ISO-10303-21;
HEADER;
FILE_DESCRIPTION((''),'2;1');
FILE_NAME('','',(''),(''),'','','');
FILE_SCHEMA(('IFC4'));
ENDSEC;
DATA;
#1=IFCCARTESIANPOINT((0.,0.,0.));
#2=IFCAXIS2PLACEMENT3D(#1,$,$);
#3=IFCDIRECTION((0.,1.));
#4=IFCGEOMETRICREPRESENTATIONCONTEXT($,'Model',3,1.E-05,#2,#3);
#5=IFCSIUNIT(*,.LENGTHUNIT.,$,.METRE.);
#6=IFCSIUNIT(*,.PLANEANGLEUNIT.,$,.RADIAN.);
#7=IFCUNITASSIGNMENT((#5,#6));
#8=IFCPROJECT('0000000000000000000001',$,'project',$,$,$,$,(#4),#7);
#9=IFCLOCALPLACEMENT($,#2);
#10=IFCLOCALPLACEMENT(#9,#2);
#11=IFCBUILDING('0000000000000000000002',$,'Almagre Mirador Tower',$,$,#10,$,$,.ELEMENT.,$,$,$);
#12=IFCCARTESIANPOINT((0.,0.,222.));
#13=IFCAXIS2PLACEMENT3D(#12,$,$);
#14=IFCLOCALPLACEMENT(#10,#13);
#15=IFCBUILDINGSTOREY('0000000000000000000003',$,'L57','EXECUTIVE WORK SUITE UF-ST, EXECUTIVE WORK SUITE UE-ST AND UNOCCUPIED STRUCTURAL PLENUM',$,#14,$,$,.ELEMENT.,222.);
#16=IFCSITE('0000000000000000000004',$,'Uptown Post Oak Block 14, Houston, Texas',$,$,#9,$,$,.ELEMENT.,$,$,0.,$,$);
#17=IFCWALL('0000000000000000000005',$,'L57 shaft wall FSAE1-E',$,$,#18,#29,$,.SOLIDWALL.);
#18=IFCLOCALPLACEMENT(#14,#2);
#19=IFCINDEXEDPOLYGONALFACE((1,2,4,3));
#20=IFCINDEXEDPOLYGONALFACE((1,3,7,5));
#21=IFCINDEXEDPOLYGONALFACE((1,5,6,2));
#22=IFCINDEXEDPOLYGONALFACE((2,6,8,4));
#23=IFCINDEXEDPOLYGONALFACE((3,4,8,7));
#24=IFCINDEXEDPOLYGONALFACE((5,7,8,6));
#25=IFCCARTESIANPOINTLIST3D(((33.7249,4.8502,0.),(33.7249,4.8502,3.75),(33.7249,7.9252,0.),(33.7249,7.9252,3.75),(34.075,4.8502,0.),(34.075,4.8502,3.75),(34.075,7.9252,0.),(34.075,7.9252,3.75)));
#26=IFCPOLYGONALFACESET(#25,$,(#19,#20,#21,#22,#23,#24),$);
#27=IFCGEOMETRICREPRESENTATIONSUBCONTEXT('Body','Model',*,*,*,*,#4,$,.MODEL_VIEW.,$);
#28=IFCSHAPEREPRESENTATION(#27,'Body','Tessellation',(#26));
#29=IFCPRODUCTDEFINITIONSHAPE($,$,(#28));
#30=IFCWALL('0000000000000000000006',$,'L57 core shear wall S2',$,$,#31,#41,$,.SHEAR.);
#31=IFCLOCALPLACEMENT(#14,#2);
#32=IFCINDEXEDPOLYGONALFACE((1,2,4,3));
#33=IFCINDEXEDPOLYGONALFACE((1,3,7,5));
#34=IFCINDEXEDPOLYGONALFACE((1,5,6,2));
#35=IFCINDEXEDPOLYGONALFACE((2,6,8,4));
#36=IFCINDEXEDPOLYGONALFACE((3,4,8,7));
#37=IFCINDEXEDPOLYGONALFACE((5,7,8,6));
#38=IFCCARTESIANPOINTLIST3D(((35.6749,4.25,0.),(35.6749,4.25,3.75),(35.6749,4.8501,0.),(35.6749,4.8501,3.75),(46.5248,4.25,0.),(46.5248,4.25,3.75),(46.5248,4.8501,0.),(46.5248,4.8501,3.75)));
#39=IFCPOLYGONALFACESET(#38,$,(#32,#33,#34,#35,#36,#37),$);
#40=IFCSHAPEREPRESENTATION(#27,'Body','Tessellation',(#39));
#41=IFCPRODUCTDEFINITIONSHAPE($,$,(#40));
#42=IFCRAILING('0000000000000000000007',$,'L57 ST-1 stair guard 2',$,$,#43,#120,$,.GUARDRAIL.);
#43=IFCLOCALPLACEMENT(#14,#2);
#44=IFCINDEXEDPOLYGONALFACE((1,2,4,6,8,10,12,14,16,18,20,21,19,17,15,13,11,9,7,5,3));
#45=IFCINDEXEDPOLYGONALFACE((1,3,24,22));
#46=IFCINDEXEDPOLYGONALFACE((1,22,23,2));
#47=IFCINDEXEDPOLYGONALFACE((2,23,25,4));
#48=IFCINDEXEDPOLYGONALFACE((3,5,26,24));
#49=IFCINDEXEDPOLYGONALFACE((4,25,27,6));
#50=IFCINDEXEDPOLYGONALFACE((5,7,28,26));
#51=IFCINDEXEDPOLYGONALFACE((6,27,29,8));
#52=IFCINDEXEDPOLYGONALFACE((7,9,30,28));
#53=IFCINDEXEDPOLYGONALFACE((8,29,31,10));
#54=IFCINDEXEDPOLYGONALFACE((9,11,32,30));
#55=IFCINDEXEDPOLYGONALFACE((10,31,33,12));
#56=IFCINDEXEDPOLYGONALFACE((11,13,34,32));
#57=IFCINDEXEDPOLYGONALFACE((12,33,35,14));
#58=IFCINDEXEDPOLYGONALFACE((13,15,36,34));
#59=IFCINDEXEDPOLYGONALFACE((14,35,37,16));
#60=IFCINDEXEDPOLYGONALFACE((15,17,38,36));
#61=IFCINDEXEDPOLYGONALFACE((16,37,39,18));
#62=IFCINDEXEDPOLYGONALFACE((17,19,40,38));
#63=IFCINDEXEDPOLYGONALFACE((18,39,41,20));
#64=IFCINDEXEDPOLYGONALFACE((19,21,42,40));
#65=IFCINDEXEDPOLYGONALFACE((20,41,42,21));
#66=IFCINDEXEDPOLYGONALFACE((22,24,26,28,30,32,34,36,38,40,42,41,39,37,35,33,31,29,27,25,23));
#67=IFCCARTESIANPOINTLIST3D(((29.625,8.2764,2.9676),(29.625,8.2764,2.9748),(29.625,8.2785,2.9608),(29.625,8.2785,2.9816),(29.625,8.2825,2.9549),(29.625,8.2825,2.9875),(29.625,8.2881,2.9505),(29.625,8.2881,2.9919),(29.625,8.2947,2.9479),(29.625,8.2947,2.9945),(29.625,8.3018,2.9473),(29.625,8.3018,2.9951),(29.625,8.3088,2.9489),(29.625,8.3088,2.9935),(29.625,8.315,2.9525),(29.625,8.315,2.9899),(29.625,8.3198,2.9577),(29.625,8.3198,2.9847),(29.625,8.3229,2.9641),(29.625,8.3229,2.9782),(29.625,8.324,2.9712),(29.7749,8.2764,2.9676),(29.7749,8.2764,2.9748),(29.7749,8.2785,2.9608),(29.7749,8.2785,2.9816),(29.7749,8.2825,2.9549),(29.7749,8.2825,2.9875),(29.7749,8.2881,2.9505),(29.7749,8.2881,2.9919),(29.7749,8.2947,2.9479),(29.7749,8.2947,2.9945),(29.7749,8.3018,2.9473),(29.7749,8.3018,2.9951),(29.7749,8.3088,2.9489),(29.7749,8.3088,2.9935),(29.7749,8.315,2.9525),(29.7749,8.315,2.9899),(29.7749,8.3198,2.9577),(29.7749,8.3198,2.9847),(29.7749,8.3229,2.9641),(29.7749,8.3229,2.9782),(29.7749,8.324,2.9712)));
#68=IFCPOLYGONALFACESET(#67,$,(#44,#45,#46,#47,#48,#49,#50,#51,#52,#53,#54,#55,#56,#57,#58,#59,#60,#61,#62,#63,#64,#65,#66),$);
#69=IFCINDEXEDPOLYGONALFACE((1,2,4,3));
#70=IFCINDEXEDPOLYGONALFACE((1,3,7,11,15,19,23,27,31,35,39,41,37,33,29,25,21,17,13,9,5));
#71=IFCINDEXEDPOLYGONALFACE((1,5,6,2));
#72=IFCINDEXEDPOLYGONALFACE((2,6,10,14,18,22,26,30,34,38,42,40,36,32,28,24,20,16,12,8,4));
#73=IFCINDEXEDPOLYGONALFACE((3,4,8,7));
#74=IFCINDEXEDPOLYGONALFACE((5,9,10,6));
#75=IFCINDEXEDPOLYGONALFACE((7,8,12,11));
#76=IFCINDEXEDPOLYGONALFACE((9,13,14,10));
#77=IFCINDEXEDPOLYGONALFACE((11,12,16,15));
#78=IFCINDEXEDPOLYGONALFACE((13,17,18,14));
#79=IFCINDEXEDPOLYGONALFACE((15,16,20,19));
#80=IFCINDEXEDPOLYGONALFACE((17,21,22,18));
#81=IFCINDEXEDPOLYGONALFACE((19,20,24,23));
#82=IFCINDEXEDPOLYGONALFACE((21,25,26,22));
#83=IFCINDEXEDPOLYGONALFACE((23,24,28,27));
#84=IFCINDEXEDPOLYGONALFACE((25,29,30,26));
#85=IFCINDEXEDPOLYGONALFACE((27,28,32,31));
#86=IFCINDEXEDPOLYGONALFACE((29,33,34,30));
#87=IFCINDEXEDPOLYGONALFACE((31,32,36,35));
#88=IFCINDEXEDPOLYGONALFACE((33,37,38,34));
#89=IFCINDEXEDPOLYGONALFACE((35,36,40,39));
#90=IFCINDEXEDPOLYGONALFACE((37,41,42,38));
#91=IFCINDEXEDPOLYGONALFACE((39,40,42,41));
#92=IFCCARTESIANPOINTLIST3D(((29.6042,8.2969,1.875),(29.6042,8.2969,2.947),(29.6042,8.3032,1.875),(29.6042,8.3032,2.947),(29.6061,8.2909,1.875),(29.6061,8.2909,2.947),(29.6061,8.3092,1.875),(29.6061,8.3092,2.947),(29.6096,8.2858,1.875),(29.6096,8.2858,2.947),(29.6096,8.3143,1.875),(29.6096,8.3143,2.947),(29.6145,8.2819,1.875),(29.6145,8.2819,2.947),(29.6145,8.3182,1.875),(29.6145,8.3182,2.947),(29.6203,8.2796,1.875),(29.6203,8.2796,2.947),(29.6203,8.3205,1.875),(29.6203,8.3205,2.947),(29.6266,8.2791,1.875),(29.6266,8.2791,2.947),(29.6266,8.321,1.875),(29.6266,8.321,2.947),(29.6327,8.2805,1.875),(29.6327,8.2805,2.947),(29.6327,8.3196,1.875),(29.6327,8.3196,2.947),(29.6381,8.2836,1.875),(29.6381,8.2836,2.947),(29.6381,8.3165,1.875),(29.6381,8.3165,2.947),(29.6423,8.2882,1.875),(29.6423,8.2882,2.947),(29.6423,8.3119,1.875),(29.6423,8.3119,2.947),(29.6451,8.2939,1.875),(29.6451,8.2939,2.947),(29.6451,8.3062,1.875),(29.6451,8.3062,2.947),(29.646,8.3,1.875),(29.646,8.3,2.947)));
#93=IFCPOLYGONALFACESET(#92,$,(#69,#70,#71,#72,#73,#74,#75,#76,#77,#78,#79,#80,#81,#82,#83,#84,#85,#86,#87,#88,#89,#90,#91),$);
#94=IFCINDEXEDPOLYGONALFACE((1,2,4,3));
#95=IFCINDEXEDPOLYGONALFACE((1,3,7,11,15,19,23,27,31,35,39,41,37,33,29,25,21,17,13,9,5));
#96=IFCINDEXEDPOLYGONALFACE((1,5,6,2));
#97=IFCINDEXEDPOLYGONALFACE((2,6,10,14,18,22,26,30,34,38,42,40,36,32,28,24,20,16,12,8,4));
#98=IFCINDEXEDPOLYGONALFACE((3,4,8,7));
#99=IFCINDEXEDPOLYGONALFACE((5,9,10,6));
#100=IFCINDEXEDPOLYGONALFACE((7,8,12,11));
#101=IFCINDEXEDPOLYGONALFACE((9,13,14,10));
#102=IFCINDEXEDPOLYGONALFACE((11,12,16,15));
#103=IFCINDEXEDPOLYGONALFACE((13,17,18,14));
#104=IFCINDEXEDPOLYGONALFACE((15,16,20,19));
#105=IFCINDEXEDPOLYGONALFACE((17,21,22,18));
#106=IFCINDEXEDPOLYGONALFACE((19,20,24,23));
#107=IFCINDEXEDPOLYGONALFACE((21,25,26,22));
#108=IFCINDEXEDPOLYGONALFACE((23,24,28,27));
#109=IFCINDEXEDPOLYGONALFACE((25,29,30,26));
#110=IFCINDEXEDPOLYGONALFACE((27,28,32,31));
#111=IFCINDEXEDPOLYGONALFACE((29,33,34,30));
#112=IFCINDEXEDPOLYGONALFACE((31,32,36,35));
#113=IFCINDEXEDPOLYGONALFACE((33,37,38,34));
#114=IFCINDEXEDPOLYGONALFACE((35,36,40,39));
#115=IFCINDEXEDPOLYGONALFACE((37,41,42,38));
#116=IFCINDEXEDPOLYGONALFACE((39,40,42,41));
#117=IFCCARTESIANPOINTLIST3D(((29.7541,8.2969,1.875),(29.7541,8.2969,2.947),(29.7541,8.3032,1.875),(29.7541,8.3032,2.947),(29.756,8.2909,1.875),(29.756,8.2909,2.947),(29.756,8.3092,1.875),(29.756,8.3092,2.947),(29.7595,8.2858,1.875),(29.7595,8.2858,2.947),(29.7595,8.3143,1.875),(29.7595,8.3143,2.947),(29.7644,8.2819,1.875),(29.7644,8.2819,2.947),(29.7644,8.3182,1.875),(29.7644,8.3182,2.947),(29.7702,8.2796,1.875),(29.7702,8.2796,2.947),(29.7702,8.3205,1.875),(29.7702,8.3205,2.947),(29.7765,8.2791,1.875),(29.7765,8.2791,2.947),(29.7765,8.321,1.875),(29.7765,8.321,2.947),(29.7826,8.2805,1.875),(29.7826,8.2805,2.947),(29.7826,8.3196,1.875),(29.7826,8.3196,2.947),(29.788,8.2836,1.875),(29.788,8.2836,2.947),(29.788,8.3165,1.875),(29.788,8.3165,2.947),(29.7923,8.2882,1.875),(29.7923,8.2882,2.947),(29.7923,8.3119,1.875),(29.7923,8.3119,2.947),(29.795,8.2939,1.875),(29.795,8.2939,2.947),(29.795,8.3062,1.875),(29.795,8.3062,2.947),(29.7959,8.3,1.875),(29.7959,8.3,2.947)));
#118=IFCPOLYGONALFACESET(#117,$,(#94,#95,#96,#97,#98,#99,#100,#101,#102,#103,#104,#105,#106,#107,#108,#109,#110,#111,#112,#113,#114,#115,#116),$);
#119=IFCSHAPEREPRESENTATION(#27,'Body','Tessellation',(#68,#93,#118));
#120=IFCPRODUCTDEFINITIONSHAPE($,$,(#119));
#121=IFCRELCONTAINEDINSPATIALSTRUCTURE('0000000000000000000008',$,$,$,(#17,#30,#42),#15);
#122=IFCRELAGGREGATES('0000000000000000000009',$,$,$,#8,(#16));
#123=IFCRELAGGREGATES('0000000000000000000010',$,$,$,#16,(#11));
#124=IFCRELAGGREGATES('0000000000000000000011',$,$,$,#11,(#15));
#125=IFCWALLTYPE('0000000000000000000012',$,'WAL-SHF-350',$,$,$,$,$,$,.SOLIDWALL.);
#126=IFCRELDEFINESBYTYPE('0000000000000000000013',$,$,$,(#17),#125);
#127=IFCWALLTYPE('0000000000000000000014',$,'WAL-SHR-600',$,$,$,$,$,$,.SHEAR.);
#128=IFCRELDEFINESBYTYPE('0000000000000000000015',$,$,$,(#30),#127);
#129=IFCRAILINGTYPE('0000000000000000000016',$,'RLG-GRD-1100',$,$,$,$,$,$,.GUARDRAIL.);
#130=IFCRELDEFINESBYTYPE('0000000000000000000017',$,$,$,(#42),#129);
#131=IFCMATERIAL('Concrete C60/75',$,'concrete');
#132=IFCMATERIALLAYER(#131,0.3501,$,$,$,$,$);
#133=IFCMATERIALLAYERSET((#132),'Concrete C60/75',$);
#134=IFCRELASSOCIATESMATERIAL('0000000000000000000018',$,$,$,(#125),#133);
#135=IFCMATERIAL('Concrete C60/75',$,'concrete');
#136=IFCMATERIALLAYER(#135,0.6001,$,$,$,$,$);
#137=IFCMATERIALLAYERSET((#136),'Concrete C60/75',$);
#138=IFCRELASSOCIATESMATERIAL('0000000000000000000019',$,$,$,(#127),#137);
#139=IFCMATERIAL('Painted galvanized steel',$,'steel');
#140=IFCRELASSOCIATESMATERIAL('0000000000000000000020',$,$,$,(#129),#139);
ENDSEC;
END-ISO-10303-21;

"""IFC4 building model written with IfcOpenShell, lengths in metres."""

from ifc_helpers import new_model, si_unit, direction, frame, frame_2d, origin, origin_2d, place, context, subcontext, project, spatial, rectangle, circle, extrude, material, layer, layer_set, type_object, element, save


model = new_model("IFC4")

# Units and contexts
model_context = context("Model", 3, precision=1e-05, world=origin(), true_north=direction((0.0, 1.0)))
body_context = subcontext(model_context, "Body", "Model", "MODEL_VIEW")
ifc_project = project(units=[si_unit("LENGTHUNIT", "METRE"), si_unit("PLANEANGLEUNIT", "RADIAN")], contexts=[model_context])

# Site, building, storey
site_placement = place(None, origin())
site = spatial("IfcSite", under=ifc_project, at=site_placement, Name="Uptown Post Oak Block 14, Houston, Texas", CompositionType="ELEMENT", RefElevation=0.0)
building_placement = place(site_placement, origin())
building = spatial("IfcBuilding", under=site, at=building_placement, Name="Almagre Mirador Tower", CompositionType="ELEMENT")
storey_placement = place(building_placement, frame((0.0, 0.0, 222.0)))
storey = spatial("IfcBuildingStorey", under=building, at=storey_placement, Name="L57", Description="EXECUTIVE WORK SUITE UF-ST, EXECUTIVE WORK SUITE UE-ST AND UNOCCUPIED STRUCTURAL PLENUM", CompositionType="ELEMENT", Elevation=222.0)

# Shared definitions
ifc_material_1 = material(Name="Concrete C60/75", Category="concrete")
ifc_layer_1 = layer(ifc_material_1, 0.3501)
ifc_layer_set_1 = layer_set([ifc_layer_1], Name="Concrete C60/75")
wall_type_1 = type_object("IfcWallType", Name="WAL-SHF-350", PredefinedType="SOLIDWALL", material=ifc_layer_set_1)

# Walls
wall_1_placement = place(storey_placement, frame((33.8999, 4.8501, 0.0), z_axis=(0.0, 0.0, 1.0), x_axis=(0.0, 1.0, 0.0)))
element("IfcWall", 1, at=wall_1_placement, inside=storey, type_object=wall_type_1, Name="L57 shaft wall FSAE1-E", PredefinedType="SOLIDWALL", context=body_context, shape_type="SweptSolid", body=[
    extrude(rectangle(XDim=3.075, YDim=0.3501, at=frame_2d((1.5376, 0.0))), origin(), (0.0, 0.0, 1.0), 3.75),
])
ifc_material_2 = material(Name="Concrete C60/75", Category="concrete")
ifc_layer_2 = layer(ifc_material_2, 0.6001)
ifc_layer_set_2 = layer_set([ifc_layer_2], Name="Concrete C60/75")
wall_type_2 = type_object("IfcWallType", Name="WAL-SHR-600", PredefinedType="SHEAR", material=ifc_layer_set_2)
wall_2_placement = place(storey_placement, frame((35.675, 4.55, 0.0), z_axis=(0.0, 0.0, 1.0), x_axis=(1.0, 0.0, 0.0)))
element("IfcWall", 2, at=wall_2_placement, inside=storey, type_object=wall_type_2, Name="L57 core shear wall S2", PredefinedType="SHEAR", context=body_context, shape_type="SweptSolid", body=[
    extrude(rectangle(XDim=10.8499, YDim=0.6001, at=frame_2d((5.4248, 0.0))), origin(), (0.0, 0.0, 1.0), 3.75),
])

# Railing
ifc_material_3 = material(Name="Painted galvanized steel", Category="steel")
railing_type = type_object("IfcRailingType", Name="RLG-GRD-1100", PredefinedType="GUARDRAIL", material=ifc_material_3)
railing_1_placement = place(storey_placement, frame((29.625, 8.3, 1.875)))
element("IfcRailing", 3, at=railing_1_placement, inside=storey, type_object=railing_type, Name="L57 ST-1 stair guard 2", PredefinedType="GUARDRAIL", context=body_context, shape_type="SweptSolid", body=[
    extrude(circle(Radius=0.0239, at=origin_2d()), frame((0.0, 0.0, 1.0962), z_axis=(1.0, 0.0, 0.0), x_axis=(0.0, 1.0, 0.0)), (0.0, 0.0, 1.0), 0.1499),
    extrude(circle(Radius=0.021, at=origin_2d()), origin(), (0.0, 0.0, 1.0), 1.072),
    extrude(circle(Radius=0.021, at=origin_2d()), frame((0.1499, 0.0, 0.0)), (0.0, 0.0, 1.0), 1.072),
])

save(model, "model.ifc")
